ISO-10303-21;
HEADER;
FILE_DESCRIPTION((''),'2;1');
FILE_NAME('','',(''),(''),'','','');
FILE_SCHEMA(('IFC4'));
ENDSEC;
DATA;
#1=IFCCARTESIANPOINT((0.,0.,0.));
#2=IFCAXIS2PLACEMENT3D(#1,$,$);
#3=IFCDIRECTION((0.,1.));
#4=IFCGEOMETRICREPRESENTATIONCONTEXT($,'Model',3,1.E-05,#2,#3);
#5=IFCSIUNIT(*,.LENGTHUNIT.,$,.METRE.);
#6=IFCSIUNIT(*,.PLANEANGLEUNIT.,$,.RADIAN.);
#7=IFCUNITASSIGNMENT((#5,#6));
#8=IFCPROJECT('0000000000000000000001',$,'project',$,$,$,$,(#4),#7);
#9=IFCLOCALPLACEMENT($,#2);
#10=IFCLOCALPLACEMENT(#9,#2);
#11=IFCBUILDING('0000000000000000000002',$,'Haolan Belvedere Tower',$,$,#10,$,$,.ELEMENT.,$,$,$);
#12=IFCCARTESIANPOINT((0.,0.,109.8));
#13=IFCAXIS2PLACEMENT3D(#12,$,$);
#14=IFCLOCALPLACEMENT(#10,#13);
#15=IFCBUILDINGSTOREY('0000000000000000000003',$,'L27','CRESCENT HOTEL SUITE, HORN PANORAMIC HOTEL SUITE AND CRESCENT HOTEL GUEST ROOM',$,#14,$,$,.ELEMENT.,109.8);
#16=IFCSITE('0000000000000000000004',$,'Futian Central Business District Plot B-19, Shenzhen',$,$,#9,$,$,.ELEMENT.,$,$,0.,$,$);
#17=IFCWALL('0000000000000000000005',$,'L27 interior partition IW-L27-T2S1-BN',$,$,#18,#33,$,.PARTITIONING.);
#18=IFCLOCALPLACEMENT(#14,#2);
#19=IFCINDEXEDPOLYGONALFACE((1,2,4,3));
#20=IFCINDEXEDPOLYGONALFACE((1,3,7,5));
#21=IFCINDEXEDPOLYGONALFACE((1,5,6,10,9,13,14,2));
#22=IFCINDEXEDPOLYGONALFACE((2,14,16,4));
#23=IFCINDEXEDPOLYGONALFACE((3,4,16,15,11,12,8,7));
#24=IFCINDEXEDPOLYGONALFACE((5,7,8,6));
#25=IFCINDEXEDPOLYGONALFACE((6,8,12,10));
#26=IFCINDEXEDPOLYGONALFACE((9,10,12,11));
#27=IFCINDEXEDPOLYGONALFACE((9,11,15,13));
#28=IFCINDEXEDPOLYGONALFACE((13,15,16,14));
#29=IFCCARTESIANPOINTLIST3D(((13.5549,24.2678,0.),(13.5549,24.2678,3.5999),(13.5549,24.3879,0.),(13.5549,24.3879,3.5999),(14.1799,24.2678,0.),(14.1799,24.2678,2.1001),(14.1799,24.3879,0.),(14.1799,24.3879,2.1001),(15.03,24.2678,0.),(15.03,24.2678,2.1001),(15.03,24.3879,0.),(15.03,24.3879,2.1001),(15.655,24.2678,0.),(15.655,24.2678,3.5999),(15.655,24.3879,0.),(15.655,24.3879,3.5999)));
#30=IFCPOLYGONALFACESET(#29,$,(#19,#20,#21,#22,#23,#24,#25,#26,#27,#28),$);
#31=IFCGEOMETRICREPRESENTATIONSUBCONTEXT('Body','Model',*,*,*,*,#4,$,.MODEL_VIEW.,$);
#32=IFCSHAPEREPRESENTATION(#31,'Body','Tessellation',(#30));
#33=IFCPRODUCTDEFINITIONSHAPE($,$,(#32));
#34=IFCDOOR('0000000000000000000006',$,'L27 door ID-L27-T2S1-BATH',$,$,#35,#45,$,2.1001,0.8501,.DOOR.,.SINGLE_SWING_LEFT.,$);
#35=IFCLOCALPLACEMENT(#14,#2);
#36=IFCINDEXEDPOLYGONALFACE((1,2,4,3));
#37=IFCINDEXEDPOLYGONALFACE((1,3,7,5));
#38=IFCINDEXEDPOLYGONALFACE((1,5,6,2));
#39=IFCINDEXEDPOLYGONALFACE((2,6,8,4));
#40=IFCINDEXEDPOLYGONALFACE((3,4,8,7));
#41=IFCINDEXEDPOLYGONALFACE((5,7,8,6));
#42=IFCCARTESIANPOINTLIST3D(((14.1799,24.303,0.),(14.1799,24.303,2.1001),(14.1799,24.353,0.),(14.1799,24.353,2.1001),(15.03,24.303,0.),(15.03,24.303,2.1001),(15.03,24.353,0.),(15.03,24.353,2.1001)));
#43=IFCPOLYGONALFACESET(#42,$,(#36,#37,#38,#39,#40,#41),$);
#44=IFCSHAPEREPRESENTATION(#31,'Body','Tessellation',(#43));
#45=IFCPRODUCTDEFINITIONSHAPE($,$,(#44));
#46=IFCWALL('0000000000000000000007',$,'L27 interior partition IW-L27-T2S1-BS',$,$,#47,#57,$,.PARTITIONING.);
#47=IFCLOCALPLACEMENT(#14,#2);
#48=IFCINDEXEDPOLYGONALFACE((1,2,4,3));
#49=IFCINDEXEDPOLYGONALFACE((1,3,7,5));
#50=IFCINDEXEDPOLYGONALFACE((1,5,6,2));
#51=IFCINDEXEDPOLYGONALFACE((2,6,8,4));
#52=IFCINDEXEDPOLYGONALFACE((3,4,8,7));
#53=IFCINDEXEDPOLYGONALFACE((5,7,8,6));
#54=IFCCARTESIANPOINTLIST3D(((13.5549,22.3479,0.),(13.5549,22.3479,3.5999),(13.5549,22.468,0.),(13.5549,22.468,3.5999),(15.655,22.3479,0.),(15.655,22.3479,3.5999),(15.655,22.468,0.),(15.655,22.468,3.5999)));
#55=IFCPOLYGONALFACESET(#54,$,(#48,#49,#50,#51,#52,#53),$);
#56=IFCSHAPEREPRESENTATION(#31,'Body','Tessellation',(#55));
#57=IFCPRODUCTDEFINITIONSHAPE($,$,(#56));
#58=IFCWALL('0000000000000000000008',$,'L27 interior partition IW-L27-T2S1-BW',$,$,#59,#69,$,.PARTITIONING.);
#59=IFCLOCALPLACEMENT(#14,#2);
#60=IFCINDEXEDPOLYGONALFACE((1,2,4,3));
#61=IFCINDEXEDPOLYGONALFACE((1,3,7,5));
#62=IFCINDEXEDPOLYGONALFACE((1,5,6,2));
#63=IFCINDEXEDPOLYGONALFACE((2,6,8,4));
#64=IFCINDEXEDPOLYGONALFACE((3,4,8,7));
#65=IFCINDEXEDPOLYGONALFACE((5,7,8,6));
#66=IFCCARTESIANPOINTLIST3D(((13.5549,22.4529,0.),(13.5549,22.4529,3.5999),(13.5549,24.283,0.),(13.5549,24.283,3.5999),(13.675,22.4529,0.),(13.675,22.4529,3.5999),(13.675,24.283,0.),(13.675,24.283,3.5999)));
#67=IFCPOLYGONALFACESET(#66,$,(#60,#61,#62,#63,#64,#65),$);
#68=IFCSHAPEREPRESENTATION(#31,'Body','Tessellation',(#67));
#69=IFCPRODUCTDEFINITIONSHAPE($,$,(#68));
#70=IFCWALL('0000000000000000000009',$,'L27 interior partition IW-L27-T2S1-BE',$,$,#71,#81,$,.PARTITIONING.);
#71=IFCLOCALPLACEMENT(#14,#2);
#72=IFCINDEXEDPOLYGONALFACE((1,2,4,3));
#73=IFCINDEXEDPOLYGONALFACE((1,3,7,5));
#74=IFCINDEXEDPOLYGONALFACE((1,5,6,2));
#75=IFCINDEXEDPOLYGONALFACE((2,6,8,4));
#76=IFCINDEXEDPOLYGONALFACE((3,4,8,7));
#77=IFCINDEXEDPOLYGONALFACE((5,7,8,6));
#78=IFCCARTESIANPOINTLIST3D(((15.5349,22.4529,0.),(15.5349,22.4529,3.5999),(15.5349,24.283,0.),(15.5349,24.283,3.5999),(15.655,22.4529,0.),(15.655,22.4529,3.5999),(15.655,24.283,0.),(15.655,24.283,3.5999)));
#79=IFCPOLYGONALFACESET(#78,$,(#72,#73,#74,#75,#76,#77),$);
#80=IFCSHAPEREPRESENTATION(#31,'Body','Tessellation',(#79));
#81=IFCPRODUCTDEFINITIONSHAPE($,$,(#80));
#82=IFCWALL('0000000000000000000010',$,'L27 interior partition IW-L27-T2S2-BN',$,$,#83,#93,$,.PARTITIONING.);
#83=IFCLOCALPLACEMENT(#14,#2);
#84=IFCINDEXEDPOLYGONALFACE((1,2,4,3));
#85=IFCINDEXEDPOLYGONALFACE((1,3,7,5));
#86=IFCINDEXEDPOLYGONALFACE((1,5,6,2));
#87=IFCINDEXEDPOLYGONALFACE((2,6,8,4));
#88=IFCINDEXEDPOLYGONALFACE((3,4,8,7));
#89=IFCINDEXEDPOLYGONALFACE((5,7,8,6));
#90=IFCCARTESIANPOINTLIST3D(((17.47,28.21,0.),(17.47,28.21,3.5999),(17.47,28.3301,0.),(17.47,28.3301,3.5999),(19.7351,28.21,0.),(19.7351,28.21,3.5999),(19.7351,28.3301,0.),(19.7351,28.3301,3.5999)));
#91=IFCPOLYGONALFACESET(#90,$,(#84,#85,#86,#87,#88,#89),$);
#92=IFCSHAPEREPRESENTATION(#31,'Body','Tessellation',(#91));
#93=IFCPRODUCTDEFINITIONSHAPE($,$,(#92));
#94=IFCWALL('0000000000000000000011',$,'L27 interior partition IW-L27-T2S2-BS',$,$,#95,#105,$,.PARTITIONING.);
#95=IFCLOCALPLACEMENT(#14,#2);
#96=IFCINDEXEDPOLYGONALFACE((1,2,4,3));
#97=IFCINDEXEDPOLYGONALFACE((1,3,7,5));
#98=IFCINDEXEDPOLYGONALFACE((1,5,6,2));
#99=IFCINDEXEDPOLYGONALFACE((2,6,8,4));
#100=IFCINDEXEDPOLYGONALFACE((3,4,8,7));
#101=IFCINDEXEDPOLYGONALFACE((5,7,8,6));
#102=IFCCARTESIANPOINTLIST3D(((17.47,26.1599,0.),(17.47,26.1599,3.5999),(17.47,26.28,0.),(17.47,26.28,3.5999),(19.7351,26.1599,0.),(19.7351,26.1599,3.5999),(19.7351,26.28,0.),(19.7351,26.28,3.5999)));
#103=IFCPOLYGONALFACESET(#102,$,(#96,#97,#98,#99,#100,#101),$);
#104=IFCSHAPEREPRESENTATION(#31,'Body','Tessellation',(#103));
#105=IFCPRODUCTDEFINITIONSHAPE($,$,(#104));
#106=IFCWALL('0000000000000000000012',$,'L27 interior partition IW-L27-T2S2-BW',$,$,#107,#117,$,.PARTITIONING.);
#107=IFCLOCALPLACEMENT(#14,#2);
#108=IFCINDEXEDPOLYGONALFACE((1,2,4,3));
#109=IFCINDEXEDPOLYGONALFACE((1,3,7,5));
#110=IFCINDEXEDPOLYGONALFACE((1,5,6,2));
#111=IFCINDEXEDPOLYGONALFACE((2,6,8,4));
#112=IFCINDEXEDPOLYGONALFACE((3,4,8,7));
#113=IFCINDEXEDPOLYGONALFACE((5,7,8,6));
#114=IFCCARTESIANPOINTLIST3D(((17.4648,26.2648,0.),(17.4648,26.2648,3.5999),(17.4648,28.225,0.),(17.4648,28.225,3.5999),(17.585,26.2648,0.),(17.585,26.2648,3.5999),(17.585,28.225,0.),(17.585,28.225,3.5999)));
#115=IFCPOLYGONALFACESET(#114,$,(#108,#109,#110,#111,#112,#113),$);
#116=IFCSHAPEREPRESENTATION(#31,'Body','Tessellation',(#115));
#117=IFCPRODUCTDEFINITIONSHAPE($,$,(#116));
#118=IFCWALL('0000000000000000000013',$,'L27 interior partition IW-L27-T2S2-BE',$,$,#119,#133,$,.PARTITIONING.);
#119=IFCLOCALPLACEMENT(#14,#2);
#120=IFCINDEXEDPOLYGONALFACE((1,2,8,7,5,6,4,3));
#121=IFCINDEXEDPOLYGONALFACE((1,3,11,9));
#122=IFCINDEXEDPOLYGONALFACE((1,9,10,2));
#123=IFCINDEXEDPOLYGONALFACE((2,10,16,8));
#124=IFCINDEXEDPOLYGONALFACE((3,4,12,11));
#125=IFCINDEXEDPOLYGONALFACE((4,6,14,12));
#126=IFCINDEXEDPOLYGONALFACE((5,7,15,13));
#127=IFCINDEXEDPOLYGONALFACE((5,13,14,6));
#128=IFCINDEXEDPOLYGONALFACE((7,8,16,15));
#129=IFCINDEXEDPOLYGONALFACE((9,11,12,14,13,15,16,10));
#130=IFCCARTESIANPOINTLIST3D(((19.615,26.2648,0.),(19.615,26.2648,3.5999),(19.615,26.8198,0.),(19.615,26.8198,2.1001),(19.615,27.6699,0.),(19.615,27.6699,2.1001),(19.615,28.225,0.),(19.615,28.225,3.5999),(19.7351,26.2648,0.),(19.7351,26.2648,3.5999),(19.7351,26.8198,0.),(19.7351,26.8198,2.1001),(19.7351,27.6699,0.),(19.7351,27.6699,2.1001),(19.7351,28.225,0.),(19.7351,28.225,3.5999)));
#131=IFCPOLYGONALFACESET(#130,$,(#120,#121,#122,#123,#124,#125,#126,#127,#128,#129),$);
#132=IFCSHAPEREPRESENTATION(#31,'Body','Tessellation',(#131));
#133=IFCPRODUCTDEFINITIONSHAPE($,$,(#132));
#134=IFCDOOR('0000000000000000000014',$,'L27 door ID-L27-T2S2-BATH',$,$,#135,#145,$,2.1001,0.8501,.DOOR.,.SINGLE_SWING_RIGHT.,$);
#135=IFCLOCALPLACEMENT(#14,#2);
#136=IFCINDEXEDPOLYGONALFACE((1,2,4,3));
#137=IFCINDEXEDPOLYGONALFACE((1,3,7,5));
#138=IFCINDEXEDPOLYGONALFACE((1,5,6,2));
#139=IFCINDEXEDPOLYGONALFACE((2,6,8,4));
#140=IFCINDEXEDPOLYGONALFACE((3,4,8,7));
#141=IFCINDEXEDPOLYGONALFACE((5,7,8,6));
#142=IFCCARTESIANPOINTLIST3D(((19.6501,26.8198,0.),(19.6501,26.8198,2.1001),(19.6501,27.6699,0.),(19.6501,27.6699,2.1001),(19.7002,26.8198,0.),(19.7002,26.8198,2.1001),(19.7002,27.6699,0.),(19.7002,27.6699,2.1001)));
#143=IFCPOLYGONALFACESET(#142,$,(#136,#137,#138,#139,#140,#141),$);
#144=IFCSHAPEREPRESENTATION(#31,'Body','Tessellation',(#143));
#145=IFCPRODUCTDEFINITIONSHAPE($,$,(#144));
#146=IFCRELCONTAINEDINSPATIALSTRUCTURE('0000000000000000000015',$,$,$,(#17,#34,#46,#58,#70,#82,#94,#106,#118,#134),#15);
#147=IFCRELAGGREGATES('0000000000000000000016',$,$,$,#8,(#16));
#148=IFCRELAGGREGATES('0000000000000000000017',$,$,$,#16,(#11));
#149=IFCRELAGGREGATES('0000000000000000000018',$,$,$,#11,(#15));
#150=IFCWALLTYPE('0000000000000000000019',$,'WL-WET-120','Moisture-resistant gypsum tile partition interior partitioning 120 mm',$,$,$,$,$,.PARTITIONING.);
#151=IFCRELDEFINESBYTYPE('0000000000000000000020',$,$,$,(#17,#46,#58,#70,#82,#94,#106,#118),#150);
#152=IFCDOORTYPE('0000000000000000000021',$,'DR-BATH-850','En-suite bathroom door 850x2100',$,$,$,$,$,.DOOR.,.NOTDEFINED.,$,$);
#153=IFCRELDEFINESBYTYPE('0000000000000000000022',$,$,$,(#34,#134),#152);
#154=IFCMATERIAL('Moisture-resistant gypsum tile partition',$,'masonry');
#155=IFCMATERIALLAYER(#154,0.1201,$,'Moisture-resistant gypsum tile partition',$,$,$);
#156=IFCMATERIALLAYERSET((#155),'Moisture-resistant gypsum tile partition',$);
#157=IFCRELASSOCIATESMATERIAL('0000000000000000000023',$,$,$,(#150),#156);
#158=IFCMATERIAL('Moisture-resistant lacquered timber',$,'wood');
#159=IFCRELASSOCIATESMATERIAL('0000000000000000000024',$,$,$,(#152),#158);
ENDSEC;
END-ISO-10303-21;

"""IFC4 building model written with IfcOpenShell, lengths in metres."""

from ifc_helpers import new_model, si_unit, direction, frame, frame_2d, origin, place, context, subcontext, project, spatial, rectangle, extrude, material, layer, layer_set, type_object, element, fill, save


model = new_model("IFC4")

# Units and contexts
model_context = context("Model", 3, precision=1e-05, world=origin(), true_north=direction((0.0, 1.0)))
body_context = subcontext(model_context, "Body", "Model", "MODEL_VIEW")
ifc_project = project(units=[si_unit("LENGTHUNIT", "METRE"), si_unit("PLANEANGLEUNIT", "RADIAN")], contexts=[model_context])

# Site, building, storey
site_placement = place(None, origin())
site = spatial("IfcSite", under=ifc_project, at=site_placement, Name="Futian Central Business District Plot B-19, Shenzhen", CompositionType="ELEMENT", RefElevation=0.0)
building_placement = place(site_placement, origin())
building = spatial("IfcBuilding", under=site, at=building_placement, Name="Haolan Belvedere Tower", CompositionType="ELEMENT")
storey_placement = place(building_placement, frame((0.0, 0.0, 109.8)))
storey = spatial("IfcBuildingStorey", under=building, at=storey_placement, Name="L27", Description="CRESCENT HOTEL SUITE, HORN PANORAMIC HOTEL SUITE AND CRESCENT HOTEL GUEST ROOM", CompositionType="ELEMENT", Elevation=109.8)

# Wall, opening, door
ifc_material_1 = material(Name="Moisture-resistant gypsum tile partition", Category="masonry")
ifc_layer_1 = layer(ifc_material_1, 0.1201, Name="Moisture-resistant gypsum tile partition")
ifc_layer_set_1 = layer_set([ifc_layer_1], Name="Moisture-resistant gypsum tile partition")
wall_type_1 = type_object("IfcWallType", Name="WL-WET-120", Description="Moisture-resistant gypsum tile partition interior partitioning 120 mm", PredefinedType="PARTITIONING", material=ifc_layer_set_1)
wall_1_placement = place(storey_placement, frame((13.5549, 24.3279, 0.0), z_axis=(0.0, 0.0, 1.0), x_axis=(1.0, 0.0, 0.0)))
wall_1 = element("IfcWall", 1, at=wall_1_placement, inside=storey, type_object=wall_type_1, Name="L27 interior partition IW-L27-T2S1-BN", PredefinedType="PARTITIONING", context=body_context, shape_type="SweptSolid", body=[
    extrude(rectangle(XDim=2.1001, YDim=0.1201, at=frame_2d((1.05, 0.0))), origin(), (0.0, 0.0, 1.0), 3.5999),
])
opening_1_placement = place(wall_1_placement, frame((1.4751, 0.0, 0.0), z_axis=(0.0, 0.0, 1.0), x_axis=(-1.0, 0.0, 0.0)))
opening_1 = element("IfcOpeningElement", 2, at=opening_1_placement, cuts=wall_1, PredefinedType="OPENING", context=body_context, shape_type="SweptSolid", body=[
    extrude(rectangle(XDim=0.8501, YDim=2.1001, at=frame_2d((0.425, 1.05))), frame((0.0, 0.0701, 0.0), z_axis=(0.0, -1.0, 0.0), x_axis=(1.0, 0.0, 0.0)), (0.0, 0.0, 1.0), 0.1401),
])
ifc_material_2 = material(Name="Moisture-resistant lacquered timber", Category="wood")
door_type_1 = type_object("IfcDoorType", Name="DR-BATH-850", Description="En-suite bathroom door 850x2100", OperationType="NOTDEFINED", PredefinedType="DOOR", material=ifc_material_2)
door_1_placement = place(opening_1_placement, origin())
door_1 = element("IfcDoor", 3, at=door_1_placement, inside=storey, type_object=door_type_1, Name="L27 door ID-L27-T2S1-BATH", OperationType="SINGLE_SWING_LEFT", OverallHeight=2.1001, OverallWidth=0.8501, PredefinedType="DOOR", context=body_context, shape_type="SweptSolid", body=[
    extrude(rectangle(XDim=0.8501, YDim=2.1001, at=frame_2d((0.425, 1.05))), frame((0.0, 0.0249, 0.0), z_axis=(0.0, -1.0, 0.0), x_axis=(1.0, 0.0, 0.0)), (0.0, 0.0, 1.0), 0.05),
])
fill(opening_1, door_1)

# Walls
wall_2_placement = place(storey_placement, frame((13.5549, 22.408, 0.0), z_axis=(0.0, 0.0, 1.0), x_axis=(1.0, 0.0, 0.0)))
element("IfcWall", 4, at=wall_2_placement, inside=storey, type_object=wall_type_1, Name="L27 interior partition IW-L27-T2S1-BS", PredefinedType="PARTITIONING", context=body_context, shape_type="SweptSolid", body=[
    extrude(rectangle(XDim=2.1001, YDim=0.1201, at=frame_2d((1.05, 0.0))), origin(), (0.0, 0.0, 1.0), 3.5999),
])
for number, where, z_axis, x_axis, name in (
    (5, (13.615, 22.4529, 0.0), (0.0, 0.0, 1.0), (0.0, 1.0, 0.0), "L27 interior partition IW-L27-T2S1-BW"),
    (6, (15.595, 22.4529, 0.0), (0.0, 0.0, 1.0), (0.0, 1.0, 0.0), "L27 interior partition IW-L27-T2S1-BE"),
):
    element("IfcWall", number, at=place(storey_placement, frame(where, z_axis=z_axis, x_axis=x_axis)), inside=storey, type_object=wall_type_1, Name=name, PredefinedType="PARTITIONING", context=body_context, shape_type="SweptSolid", body=[
        extrude(rectangle(XDim=1.8301, YDim=0.1201, at=frame_2d((0.915, 0.0))), origin(), (0.0, 0.0, 1.0), 3.5999),
    ])
for number, where, z_axis, x_axis, name in (
    (7, (17.47, 28.27, 0.0), (0.0, 0.0, 1.0), (1.0, 0.0, 0.0), "L27 interior partition IW-L27-T2S2-BN"),
    (8, (17.47, 26.22, 0.0), (0.0, 0.0, 1.0), (1.0, 0.0, 0.0), "L27 interior partition IW-L27-T2S2-BS"),
):
    element("IfcWall", number, at=place(storey_placement, frame(where, z_axis=z_axis, x_axis=x_axis)), inside=storey, type_object=wall_type_1, Name=name, PredefinedType="PARTITIONING", context=body_context, shape_type="SweptSolid", body=[
        extrude(rectangle(XDim=2.2651, YDim=0.1201, at=frame_2d((1.1326, 0.0))), origin(), (0.0, 0.0, 1.0), 3.5999),
    ])
wall_3_placement = place(storey_placement, frame((17.5249, 26.2649, 0.0), z_axis=(0.0, 0.0, 1.0), x_axis=(0.0, 1.0, 0.0)))
element("IfcWall", 9, at=wall_3_placement, inside=storey, type_object=wall_type_1, Name="L27 interior partition IW-L27-T2S2-BW", PredefinedType="PARTITIONING", context=body_context, shape_type="SweptSolid", body=[
    extrude(rectangle(XDim=1.9602, YDim=0.1201, at=frame_2d((0.98, 0.0))), origin(), (0.0, 0.0, 1.0), 3.5999),
])

# Wall, opening, door
wall_4_placement = place(storey_placement, frame((19.675, 26.2649, 0.0), z_axis=(0.0, 0.0, 1.0), x_axis=(0.0, 1.0, 0.0)))
wall_4 = element("IfcWall", 10, at=wall_4_placement, inside=storey, type_object=wall_type_1, Name="L27 interior partition IW-L27-T2S2-BE", PredefinedType="PARTITIONING", context=body_context, shape_type="SweptSolid", body=[
    extrude(rectangle(XDim=1.9602, YDim=0.1201, at=frame_2d((0.98, 0.0))), origin(), (0.0, 0.0, 1.0), 3.5999),
])
opening_2_placement = place(wall_4_placement, frame((0.5549, 0.0, 0.0)))
opening_2 = element("IfcOpeningElement", 11, at=opening_2_placement, cuts=wall_4, PredefinedType="OPENING", context=body_context, shape_type="SweptSolid", body=[
    extrude(rectangle(XDim=0.8501, YDim=2.1001, at=frame_2d((0.425, 1.05))), frame((0.0, 0.0701, 0.0), z_axis=(0.0, -1.0, 0.0), x_axis=(1.0, 0.0, 0.0)), (0.0, 0.0, 1.0), 0.1401),
])
door_2_placement = place(opening_2_placement, origin())
door_2 = element("IfcDoor", 12, at=door_2_placement, inside=storey, type_object=door_type_1, Name="L27 door ID-L27-T2S2-BATH", OperationType="SINGLE_SWING_RIGHT", OverallHeight=2.1001, OverallWidth=0.8501, PredefinedType="DOOR", context=body_context, shape_type="SweptSolid", body=[
    extrude(rectangle(XDim=0.8501, YDim=2.1001, at=frame_2d((0.425, 1.05))), frame((0.0, 0.0249, 0.0), z_axis=(0.0, -1.0, 0.0), x_axis=(1.0, 0.0, 0.0)), (0.0, 0.0, 1.0), 0.05),
])
fill(opening_2, door_2)

save(model, "model.ifc")
